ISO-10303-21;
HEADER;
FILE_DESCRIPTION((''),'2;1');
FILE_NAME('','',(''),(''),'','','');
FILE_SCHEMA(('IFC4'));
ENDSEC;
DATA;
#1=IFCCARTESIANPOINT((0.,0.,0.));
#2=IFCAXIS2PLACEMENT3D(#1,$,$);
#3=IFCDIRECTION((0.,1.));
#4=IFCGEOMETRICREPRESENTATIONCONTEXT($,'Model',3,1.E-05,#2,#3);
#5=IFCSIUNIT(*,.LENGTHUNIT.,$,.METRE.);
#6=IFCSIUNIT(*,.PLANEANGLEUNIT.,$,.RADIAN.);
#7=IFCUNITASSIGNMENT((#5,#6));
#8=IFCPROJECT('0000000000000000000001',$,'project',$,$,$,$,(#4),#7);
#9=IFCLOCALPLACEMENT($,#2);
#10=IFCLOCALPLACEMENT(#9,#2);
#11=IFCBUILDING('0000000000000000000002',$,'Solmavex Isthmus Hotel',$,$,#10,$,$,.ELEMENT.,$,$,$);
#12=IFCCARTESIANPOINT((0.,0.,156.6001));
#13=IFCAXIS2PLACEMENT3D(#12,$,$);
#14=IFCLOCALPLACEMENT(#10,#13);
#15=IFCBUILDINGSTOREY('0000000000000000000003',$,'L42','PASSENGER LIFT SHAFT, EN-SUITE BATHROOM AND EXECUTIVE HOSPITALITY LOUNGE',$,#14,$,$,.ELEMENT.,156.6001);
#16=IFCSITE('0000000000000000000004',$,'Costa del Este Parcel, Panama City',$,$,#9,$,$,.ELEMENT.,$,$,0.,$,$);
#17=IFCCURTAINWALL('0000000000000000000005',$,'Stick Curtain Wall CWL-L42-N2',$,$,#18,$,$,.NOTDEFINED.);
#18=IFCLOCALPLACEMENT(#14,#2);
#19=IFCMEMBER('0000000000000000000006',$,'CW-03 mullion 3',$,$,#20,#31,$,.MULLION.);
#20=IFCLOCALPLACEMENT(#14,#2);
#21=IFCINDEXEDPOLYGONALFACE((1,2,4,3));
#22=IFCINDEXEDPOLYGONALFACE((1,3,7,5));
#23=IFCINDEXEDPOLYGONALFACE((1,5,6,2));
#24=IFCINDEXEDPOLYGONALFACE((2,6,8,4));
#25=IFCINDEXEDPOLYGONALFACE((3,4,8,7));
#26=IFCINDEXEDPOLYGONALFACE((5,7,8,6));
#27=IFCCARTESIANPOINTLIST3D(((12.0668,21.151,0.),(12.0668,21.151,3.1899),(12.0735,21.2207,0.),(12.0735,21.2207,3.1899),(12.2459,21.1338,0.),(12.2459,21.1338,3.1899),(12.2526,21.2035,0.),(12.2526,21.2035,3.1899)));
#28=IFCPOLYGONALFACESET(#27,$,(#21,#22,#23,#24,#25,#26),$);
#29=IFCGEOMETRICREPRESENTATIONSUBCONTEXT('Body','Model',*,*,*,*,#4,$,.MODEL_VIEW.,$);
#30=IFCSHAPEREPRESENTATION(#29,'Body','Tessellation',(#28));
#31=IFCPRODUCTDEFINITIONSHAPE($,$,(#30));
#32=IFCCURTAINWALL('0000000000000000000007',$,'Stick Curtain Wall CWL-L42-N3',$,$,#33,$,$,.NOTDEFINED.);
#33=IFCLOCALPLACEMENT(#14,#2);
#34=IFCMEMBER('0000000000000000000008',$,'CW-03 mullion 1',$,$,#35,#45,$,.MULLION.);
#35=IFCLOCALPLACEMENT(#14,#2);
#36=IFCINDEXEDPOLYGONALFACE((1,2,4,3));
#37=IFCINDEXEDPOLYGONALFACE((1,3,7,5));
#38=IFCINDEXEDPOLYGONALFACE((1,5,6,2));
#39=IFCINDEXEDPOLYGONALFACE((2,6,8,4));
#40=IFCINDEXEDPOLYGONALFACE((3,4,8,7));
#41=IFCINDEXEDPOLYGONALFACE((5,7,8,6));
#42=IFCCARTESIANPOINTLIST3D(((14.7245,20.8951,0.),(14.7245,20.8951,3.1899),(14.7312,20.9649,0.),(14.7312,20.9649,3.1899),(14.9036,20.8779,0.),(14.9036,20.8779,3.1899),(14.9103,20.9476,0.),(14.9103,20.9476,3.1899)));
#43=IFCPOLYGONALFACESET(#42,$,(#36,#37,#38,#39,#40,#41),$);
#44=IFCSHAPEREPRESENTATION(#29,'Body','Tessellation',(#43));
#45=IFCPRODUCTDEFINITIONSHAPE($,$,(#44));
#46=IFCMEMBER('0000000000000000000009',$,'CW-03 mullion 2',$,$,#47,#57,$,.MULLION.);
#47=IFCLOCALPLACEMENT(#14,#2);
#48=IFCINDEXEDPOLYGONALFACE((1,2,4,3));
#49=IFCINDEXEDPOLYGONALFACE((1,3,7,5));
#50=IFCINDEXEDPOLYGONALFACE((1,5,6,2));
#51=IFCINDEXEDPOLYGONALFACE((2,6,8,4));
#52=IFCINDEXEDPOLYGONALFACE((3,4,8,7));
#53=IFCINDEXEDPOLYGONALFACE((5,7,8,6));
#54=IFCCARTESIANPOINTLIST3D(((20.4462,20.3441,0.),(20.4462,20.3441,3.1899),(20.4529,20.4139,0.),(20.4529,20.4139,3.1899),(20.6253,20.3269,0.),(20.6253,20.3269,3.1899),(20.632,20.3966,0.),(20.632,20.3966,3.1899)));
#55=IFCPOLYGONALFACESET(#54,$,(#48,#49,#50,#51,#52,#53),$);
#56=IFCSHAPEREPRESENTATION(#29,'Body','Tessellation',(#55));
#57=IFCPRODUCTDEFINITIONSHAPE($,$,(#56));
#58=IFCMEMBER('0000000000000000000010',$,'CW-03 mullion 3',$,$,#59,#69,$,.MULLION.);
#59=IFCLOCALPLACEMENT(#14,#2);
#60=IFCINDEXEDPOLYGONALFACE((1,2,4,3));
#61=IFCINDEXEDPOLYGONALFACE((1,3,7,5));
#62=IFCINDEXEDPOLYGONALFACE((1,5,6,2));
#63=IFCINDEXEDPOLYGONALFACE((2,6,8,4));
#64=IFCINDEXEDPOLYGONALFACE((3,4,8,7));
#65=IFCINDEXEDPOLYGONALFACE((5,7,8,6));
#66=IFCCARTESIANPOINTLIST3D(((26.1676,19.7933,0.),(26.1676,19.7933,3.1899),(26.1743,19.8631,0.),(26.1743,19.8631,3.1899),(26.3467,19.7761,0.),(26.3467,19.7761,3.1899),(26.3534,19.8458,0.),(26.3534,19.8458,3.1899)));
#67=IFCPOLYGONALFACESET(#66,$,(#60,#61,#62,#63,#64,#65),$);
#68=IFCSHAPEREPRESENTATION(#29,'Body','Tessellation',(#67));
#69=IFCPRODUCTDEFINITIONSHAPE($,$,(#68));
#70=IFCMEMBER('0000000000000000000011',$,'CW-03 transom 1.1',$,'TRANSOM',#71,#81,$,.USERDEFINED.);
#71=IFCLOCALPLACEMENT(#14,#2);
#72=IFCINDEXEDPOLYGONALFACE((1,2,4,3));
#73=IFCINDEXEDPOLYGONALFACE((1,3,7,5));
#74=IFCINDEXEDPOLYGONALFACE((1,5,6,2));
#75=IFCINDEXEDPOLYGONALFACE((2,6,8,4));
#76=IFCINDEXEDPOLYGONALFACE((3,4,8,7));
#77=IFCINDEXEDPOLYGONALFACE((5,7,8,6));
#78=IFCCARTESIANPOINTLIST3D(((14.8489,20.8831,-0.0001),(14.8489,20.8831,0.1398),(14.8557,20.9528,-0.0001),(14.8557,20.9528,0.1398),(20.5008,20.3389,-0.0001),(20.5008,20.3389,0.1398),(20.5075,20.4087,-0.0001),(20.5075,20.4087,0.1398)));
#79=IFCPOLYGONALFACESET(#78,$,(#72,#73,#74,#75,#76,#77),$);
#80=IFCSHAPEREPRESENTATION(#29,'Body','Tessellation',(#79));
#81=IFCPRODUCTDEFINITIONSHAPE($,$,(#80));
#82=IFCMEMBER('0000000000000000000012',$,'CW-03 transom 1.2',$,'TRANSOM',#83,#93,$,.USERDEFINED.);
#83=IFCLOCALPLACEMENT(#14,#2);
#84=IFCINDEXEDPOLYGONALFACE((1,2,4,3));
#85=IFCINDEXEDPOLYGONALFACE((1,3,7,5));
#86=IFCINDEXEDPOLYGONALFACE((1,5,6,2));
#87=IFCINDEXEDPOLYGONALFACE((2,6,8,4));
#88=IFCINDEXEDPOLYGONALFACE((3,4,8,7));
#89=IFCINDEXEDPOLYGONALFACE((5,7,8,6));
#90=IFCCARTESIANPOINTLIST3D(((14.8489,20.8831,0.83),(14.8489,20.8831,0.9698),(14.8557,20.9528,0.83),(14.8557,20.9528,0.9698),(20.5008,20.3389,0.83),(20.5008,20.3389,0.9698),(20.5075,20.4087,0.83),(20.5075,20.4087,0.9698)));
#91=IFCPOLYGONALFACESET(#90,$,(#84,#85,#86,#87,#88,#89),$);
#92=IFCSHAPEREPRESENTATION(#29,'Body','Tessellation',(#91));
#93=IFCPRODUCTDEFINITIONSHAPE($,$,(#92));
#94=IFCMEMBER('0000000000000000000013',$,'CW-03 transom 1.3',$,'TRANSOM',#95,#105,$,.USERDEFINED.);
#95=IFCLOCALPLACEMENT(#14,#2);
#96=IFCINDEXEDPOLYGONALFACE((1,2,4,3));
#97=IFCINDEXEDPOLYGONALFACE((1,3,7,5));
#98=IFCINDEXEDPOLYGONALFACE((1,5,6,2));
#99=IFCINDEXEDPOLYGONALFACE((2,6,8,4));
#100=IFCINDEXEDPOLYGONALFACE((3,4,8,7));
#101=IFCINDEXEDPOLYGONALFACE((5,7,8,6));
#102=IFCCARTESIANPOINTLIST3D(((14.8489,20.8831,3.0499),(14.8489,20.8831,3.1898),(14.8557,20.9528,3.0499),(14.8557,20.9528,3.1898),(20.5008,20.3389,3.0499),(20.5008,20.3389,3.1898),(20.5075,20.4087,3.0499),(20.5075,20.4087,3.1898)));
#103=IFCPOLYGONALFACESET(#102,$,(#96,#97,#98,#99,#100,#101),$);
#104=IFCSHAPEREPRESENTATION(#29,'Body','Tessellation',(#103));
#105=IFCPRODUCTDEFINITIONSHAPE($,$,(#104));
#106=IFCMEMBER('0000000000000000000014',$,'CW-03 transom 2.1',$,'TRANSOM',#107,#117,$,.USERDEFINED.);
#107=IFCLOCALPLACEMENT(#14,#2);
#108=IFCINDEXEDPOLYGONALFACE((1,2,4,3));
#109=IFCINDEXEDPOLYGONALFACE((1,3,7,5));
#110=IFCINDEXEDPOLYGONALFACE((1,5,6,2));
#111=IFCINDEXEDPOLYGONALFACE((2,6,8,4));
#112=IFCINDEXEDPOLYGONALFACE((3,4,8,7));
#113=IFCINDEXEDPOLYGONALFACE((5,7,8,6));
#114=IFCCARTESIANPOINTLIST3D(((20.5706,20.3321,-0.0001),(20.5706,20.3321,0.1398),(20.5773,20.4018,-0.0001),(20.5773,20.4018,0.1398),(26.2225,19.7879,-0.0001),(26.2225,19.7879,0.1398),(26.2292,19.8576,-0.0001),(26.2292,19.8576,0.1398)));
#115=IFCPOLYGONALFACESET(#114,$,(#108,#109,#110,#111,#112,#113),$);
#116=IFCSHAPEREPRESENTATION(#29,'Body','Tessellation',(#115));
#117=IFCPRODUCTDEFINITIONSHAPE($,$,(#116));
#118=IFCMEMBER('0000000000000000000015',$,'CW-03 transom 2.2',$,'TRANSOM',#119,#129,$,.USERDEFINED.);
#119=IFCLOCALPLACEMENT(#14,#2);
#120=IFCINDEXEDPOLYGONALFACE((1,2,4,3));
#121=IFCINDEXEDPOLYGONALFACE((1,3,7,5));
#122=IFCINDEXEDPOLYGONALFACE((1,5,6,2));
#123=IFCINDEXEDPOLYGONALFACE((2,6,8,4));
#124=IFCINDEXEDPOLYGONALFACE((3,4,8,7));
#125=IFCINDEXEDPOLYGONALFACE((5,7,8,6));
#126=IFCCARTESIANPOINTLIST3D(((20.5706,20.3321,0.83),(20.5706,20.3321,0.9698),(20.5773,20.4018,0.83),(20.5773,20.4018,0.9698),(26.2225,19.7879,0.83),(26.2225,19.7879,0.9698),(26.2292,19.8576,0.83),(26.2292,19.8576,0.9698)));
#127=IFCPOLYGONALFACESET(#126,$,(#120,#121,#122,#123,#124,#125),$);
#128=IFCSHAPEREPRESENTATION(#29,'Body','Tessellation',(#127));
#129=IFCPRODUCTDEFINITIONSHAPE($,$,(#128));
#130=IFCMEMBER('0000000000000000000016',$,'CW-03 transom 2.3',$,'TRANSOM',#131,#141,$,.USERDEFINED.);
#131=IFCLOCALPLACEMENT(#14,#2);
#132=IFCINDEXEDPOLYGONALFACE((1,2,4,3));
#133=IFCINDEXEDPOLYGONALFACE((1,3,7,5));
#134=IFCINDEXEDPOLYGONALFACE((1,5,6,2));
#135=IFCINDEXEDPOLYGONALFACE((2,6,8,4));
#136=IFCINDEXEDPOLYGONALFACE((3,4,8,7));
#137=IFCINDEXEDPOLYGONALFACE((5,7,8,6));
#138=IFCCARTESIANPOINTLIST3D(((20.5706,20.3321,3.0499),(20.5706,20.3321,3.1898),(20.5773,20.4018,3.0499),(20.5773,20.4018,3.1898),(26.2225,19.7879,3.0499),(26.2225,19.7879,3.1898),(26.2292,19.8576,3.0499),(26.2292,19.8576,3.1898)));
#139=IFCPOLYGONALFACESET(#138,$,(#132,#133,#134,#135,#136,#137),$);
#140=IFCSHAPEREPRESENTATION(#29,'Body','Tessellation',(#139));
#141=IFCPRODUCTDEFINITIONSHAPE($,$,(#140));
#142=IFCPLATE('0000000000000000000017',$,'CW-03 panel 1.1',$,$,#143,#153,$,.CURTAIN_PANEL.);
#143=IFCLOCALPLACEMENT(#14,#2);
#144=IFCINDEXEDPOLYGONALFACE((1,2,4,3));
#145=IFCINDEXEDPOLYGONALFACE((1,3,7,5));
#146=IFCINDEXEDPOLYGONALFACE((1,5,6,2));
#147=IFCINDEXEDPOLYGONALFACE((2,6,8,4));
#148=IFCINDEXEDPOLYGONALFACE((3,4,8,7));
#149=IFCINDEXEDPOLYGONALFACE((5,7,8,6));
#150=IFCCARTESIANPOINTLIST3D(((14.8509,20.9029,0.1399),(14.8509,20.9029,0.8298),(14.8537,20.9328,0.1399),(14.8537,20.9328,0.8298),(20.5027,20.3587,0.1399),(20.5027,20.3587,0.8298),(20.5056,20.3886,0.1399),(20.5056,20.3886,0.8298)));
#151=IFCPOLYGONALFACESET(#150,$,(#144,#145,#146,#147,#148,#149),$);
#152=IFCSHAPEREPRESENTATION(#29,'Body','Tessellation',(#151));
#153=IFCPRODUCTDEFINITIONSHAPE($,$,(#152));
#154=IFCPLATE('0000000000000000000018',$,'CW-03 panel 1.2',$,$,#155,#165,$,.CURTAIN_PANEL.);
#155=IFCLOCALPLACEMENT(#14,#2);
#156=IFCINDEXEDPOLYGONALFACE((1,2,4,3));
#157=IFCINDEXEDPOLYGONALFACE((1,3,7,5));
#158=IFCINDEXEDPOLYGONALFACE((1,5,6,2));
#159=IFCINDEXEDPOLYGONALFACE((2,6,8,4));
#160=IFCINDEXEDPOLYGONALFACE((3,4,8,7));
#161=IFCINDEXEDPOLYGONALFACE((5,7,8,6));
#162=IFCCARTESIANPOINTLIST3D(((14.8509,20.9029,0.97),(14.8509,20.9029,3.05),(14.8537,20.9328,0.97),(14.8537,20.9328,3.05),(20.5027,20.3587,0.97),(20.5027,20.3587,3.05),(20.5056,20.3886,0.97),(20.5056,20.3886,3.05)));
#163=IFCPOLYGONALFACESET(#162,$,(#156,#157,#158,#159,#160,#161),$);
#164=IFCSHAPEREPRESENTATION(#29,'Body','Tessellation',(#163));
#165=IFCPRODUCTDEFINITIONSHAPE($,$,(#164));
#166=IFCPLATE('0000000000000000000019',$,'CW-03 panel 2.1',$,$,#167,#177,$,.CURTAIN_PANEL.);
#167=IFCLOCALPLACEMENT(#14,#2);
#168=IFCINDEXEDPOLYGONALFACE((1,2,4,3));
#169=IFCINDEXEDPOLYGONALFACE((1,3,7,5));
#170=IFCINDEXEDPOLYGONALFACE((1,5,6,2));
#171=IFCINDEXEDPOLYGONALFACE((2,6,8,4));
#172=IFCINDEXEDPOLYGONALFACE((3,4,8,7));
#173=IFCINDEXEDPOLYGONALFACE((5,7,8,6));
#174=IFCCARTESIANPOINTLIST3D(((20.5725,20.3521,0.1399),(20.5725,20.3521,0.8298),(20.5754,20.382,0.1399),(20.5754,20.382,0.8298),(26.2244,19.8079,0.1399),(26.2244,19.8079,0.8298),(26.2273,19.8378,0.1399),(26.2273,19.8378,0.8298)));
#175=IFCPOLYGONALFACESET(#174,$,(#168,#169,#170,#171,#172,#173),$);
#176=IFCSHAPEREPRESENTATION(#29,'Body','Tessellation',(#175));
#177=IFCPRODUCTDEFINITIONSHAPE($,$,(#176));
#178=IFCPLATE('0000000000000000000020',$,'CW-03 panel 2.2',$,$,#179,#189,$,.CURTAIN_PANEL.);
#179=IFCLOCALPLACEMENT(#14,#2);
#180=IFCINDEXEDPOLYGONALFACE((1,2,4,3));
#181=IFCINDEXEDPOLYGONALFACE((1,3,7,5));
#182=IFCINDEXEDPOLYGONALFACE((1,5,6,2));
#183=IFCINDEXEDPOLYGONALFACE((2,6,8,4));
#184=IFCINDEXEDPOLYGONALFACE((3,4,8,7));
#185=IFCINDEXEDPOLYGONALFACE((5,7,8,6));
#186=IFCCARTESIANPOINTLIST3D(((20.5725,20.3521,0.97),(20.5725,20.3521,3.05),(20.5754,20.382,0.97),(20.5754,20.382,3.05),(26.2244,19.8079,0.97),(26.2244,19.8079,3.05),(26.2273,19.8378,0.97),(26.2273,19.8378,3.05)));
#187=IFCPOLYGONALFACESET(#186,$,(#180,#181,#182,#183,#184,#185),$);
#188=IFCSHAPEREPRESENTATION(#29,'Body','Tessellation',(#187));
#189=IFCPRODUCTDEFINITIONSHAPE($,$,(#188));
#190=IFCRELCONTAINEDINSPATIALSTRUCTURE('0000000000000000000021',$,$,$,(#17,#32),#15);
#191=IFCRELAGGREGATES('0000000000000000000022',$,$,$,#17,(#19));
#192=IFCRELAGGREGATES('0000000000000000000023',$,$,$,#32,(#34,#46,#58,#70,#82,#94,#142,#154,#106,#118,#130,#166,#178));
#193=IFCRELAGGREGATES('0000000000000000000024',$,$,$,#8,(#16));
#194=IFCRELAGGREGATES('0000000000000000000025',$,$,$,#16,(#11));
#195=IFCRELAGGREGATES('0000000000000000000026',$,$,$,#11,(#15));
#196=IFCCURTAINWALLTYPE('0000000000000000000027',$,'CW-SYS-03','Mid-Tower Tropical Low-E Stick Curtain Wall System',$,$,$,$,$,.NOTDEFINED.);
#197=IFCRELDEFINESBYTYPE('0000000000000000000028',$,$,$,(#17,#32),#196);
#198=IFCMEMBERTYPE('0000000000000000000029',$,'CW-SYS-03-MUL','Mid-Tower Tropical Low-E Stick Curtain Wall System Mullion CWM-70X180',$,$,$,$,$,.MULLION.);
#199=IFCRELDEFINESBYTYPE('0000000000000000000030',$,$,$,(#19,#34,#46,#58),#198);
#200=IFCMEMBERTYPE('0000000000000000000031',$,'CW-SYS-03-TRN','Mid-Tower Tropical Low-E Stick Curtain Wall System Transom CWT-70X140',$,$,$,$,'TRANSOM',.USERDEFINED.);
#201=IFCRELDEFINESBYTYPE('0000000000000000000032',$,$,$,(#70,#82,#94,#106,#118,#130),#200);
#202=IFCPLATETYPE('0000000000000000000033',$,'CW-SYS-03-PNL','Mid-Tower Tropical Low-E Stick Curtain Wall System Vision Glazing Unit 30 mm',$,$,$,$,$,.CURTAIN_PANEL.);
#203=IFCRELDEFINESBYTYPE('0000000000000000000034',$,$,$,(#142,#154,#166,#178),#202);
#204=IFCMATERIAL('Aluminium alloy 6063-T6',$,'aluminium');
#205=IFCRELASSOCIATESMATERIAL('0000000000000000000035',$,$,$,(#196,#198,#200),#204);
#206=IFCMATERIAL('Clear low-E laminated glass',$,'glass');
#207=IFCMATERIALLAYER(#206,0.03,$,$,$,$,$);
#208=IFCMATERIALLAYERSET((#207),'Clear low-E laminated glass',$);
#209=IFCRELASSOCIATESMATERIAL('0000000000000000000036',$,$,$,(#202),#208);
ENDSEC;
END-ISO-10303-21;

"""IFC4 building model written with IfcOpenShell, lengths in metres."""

from ifc_helpers import new_model, si_unit, direction, frame, origin, origin_2d, place, context, subcontext, project, spatial, rectangle, extrude, material, layer, layer_set, material_profile, profile_set, type_object, element, aggregate, save


model = new_model("IFC4")

# Units and contexts
model_context = context("Model", 3, precision=1e-05, world=origin(), true_north=direction((0.0, 1.0)))
body_context = subcontext(model_context, "Body", "Model", "MODEL_VIEW")
ifc_project = project(units=[si_unit("LENGTHUNIT", "METRE"), si_unit("PLANEANGLEUNIT", "RADIAN")], contexts=[model_context])

# Site, building, storey
site_placement = place(None, origin())
site = spatial("IfcSite", under=ifc_project, at=site_placement, Name="Costa del Este Parcel, Panama City", CompositionType="ELEMENT", RefElevation=0.0)
building_placement = place(site_placement, origin())
building = spatial("IfcBuilding", under=site, at=building_placement, Name="Solmavex Isthmus Hotel", CompositionType="ELEMENT")
storey_placement = place(building_placement, frame((0.0, 0.0, 156.6001)))
storey = spatial("IfcBuildingStorey", under=building, at=storey_placement, Name="L42", Description="PASSENGER LIFT SHAFT, EN-SUITE BATHROOM AND EXECUTIVE HOSPITALITY LOUNGE", CompositionType="ELEMENT", Elevation=156.6001)

# Curtain wall, member
ifc_material_1 = material(Name="Aluminium alloy 6063-T6", Category="aluminium")
curtain_wall_type = type_object("IfcCurtainWallType", Name="CW-SYS-03", Description="Mid-Tower Tropical Low-E Stick Curtain Wall System", PredefinedType="NOTDEFINED", material=ifc_material_1)
curtain_wall_1_placement = place(storey_placement, origin())
curtain_wall_1 = element("IfcCurtainWall", 1, at=curtain_wall_1_placement, inside=storey, type_object=curtain_wall_type, Name="Stick Curtain Wall CWL-L42-N2", PredefinedType="NOTDEFINED")
ifc_material_profile_1 = material_profile(ifc_material_1, rectangle(XDim=0.0701, YDim=0.1799, at=origin_2d()), Name="CWM-70X180")
ifc_profile_set_1 = profile_set([ifc_material_profile_1], Name="Aluminium alloy 6063-T6")
member_type_1 = type_object("IfcMemberType", Name="CW-SYS-03-MUL", Description="Mid-Tower Tropical Low-E Stick Curtain Wall System Mullion CWM-70X180", PredefinedType="MULLION", material=ifc_profile_set_1)
member_1_placement = place(storey_placement, frame((12.1597, 21.1772, 0.0), z_axis=(0.0, 0.0, 1.0), x_axis=(0.095845, 0.995396, 0.0)))
member_1 = element("IfcMember", 2, at=member_1_placement, type_object=member_type_1, Name="CW-03 mullion 3", PredefinedType="MULLION", context=body_context, shape_type="SweptSolid", body=[
    extrude(rectangle(XDim=0.0701, YDim=0.1799, at=origin_2d()), origin(), (0.0, 0.0, 1.0), 3.1899),
])
aggregate(curtain_wall_1, [member_1])

# Curtain wall, members, plates
curtain_wall_2_placement = place(storey_placement, origin())
curtain_wall_2 = element("IfcCurtainWall", 3, at=curtain_wall_2_placement, inside=storey, type_object=curtain_wall_type, Name="Stick Curtain Wall CWL-L42-N3", PredefinedType="NOTDEFINED")
member_2_placement = place(storey_placement, frame((14.8174, 20.9214, 0.0), z_axis=(0.0, 0.0, 1.0), x_axis=(0.095846, 0.995396, 0.0)))
member_2 = element("IfcMember", 4, at=member_2_placement, type_object=member_type_1, Name="CW-03 mullion 1", PredefinedType="MULLION", context=body_context, shape_type="SweptSolid", body=[
    extrude(rectangle(XDim=0.0701, YDim=0.1799, at=origin_2d()), origin(), (0.0, 0.0, 1.0), 3.1899),
])
member_3_placement = place(storey_placement, frame((20.5391, 20.3704, 0.0), z_axis=(0.0, 0.0, 1.0), x_axis=(0.095846, 0.995396, 0.0)))
member_3 = element("IfcMember", 5, at=member_3_placement, type_object=member_type_1, Name="CW-03 mullion 2", PredefinedType="MULLION", context=body_context, shape_type="SweptSolid", body=[
    extrude(rectangle(XDim=0.0701, YDim=0.1799, at=origin_2d()), origin(), (0.0, 0.0, 1.0), 3.1899),
])
member_4_placement = place(storey_placement, frame((26.2605, 19.8196, 0.0), z_axis=(0.0, 0.0, 1.0), x_axis=(0.095846, 0.995396, 0.0)))
member_4 = element("IfcMember", 6, at=member_4_placement, type_object=member_type_1, Name="CW-03 mullion 3", PredefinedType="MULLION", context=body_context, shape_type="SweptSolid", body=[
    extrude(rectangle(XDim=0.0701, YDim=0.1799, at=origin_2d()), origin(), (0.0, 0.0, 1.0), 3.1899),
])
ifc_material_profile_2 = material_profile(ifc_material_1, rectangle(XDim=0.0701, YDim=0.1399, at=origin_2d()), Name="CWT-70X140")
ifc_profile_set_2 = profile_set([ifc_material_profile_2], Name="Aluminium alloy 6063-T6")
member_type_2 = type_object("IfcMemberType", Name="CW-SYS-03-TRN", Description="Mid-Tower Tropical Low-E Stick Curtain Wall System Transom CWT-70X140", ElementType="TRANSOM", PredefinedType="USERDEFINED", material=ifc_profile_set_2)
member_5_placement = place(storey_placement, frame((14.8523, 20.918, 0.0698), z_axis=(0.995397, -0.095842, 0.0), x_axis=(0.095842, 0.995397, 0.0)))
member_5 = element("IfcMember", 7, at=member_5_placement, type_object=member_type_2, Name="CW-03 transom 1.1", ObjectType="TRANSOM", PredefinedType="USERDEFINED", context=body_context, shape_type="SweptSolid", body=[
    extrude(rectangle(XDim=0.0701, YDim=0.1399, at=origin_2d()), origin(), (0.0, 0.0, 1.0), 5.678),
])
member_6_placement = place(storey_placement, frame((14.8523, 20.918, 0.8999), z_axis=(0.995397, -0.095842, 0.0), x_axis=(0.095842, 0.995397, 0.0)))
member_6 = element("IfcMember", 8, at=member_6_placement, type_object=member_type_2, Name="CW-03 transom 1.2", ObjectType="TRANSOM", PredefinedType="USERDEFINED", context=body_context, shape_type="SweptSolid", body=[
    extrude(rectangle(XDim=0.0701, YDim=0.1399, at=origin_2d()), origin(), (0.0, 0.0, 1.0), 5.678),
])
member_7_placement = place(storey_placement, frame((14.8523, 20.918, 3.1199), z_axis=(0.995397, -0.095842, 0.0), x_axis=(0.095842, 0.995397, 0.0)))
member_7 = element("IfcMember", 9, at=member_7_placement, type_object=member_type_2, Name="CW-03 transom 1.3", ObjectType="TRANSOM", PredefinedType="USERDEFINED", context=body_context, shape_type="SweptSolid", body=[
    extrude(rectangle(XDim=0.0701, YDim=0.1399, at=origin_2d()), origin(), (0.0, 0.0, 1.0), 5.678),
])
member_8_placement = place(storey_placement, frame((20.574, 20.3669, 0.0698), z_axis=(0.995397, -0.095842, 0.0), x_axis=(0.095842, 0.995397, 0.0)))
member_8 = element("IfcMember", 10, at=member_8_placement, type_object=member_type_2, Name="CW-03 transom 2.1", ObjectType="TRANSOM", PredefinedType="USERDEFINED", context=body_context, shape_type="SweptSolid", body=[
    extrude(rectangle(XDim=0.0701, YDim=0.1399, at=origin_2d()), origin(), (0.0, 0.0, 1.0), 5.678),
])
member_9_placement = place(storey_placement, frame((20.574, 20.3669, 0.8999), z_axis=(0.995397, -0.095842, 0.0), x_axis=(0.095842, 0.995397, 0.0)))
member_9 = element("IfcMember", 11, at=member_9_placement, type_object=member_type_2, Name="CW-03 transom 2.2", ObjectType="TRANSOM", PredefinedType="USERDEFINED", context=body_context, shape_type="SweptSolid", body=[
    extrude(rectangle(XDim=0.0701, YDim=0.1399, at=origin_2d()), origin(), (0.0, 0.0, 1.0), 5.678),
])
member_10_placement = place(storey_placement, frame((20.574, 20.3669, 3.1199), z_axis=(0.995397, -0.095842, 0.0), x_axis=(0.095842, 0.995397, 0.0)))
member_10 = element("IfcMember", 12, at=member_10_placement, type_object=member_type_2, Name="CW-03 transom 2.3", ObjectType="TRANSOM", PredefinedType="USERDEFINED", context=body_context, shape_type="SweptSolid", body=[
    extrude(rectangle(XDim=0.0701, YDim=0.1399, at=origin_2d()), origin(), (0.0, 0.0, 1.0), 5.678),
])
ifc_material_2 = material(Name="Clear low-E laminated glass", Category="glass")
ifc_layer_1 = layer(ifc_material_2, 0.03)
ifc_layer_set_1 = layer_set([ifc_layer_1], Name="Clear low-E laminated glass")
plate_type = type_object("IfcPlateType", Name="CW-SYS-03-PNL", Description="Mid-Tower Tropical Low-E Stick Curtain Wall System Vision Glazing Unit 30 mm", PredefinedType="CURTAIN_PANEL", material=ifc_layer_set_1)
plate_1_placement = place(storey_placement, frame((17.6782, 20.6458, 0.1399), z_axis=(0.0, 0.0, 1.0), x_axis=(0.995396, -0.095846, 0.0)))
plate_1 = element("IfcPlate", 13, at=plate_1_placement, type_object=plate_type, Name="CW-03 panel 1.1", PredefinedType="CURTAIN_PANEL", context=body_context, shape_type="SweptSolid", body=[
    extrude(rectangle(XDim=5.678, YDim=0.03, at=origin_2d()), origin(), (0.0, 0.0, 1.0), 0.6899),
])
plate_2_placement = place(storey_placement, frame((17.6782, 20.6458, 0.97), z_axis=(0.0, 0.0, 1.0), x_axis=(0.995396, -0.095846, 0.0)))
plate_2 = element("IfcPlate", 14, at=plate_2_placement, type_object=plate_type, Name="CW-03 panel 1.2", PredefinedType="CURTAIN_PANEL", context=body_context, shape_type="SweptSolid", body=[
    extrude(rectangle(XDim=5.678, YDim=0.03, at=origin_2d()), origin(), (0.0, 0.0, 1.0), 2.0801),
])
plate_3_placement = place(storey_placement, frame((23.3999, 20.095, 0.1399), z_axis=(0.0, 0.0, 1.0), x_axis=(0.995396, -0.095846, 0.0)))
plate_3 = element("IfcPlate", 15, at=plate_3_placement, type_object=plate_type, Name="CW-03 panel 2.1", PredefinedType="CURTAIN_PANEL", context=body_context, shape_type="SweptSolid", body=[
    extrude(rectangle(XDim=5.678, YDim=0.03, at=origin_2d()), origin(), (0.0, 0.0, 1.0), 0.6899),
])
plate_4_placement = place(storey_placement, frame((23.3999, 20.095, 0.97), z_axis=(0.0, 0.0, 1.0), x_axis=(0.995396, -0.095846, 0.0)))
plate_4 = element("IfcPlate", 16, at=plate_4_placement, type_object=plate_type, Name="CW-03 panel 2.2", PredefinedType="CURTAIN_PANEL", context=body_context, shape_type="SweptSolid", body=[
    extrude(rectangle(XDim=5.678, YDim=0.03, at=origin_2d()), origin(), (0.0, 0.0, 1.0), 2.0801),
])
aggregate(curtain_wall_2, [member_2, member_3, member_4, member_5, member_6, member_7, plate_1, plate_2, member_8, member_9, member_10, plate_3, plate_4])

save(model, "model.ifc")
